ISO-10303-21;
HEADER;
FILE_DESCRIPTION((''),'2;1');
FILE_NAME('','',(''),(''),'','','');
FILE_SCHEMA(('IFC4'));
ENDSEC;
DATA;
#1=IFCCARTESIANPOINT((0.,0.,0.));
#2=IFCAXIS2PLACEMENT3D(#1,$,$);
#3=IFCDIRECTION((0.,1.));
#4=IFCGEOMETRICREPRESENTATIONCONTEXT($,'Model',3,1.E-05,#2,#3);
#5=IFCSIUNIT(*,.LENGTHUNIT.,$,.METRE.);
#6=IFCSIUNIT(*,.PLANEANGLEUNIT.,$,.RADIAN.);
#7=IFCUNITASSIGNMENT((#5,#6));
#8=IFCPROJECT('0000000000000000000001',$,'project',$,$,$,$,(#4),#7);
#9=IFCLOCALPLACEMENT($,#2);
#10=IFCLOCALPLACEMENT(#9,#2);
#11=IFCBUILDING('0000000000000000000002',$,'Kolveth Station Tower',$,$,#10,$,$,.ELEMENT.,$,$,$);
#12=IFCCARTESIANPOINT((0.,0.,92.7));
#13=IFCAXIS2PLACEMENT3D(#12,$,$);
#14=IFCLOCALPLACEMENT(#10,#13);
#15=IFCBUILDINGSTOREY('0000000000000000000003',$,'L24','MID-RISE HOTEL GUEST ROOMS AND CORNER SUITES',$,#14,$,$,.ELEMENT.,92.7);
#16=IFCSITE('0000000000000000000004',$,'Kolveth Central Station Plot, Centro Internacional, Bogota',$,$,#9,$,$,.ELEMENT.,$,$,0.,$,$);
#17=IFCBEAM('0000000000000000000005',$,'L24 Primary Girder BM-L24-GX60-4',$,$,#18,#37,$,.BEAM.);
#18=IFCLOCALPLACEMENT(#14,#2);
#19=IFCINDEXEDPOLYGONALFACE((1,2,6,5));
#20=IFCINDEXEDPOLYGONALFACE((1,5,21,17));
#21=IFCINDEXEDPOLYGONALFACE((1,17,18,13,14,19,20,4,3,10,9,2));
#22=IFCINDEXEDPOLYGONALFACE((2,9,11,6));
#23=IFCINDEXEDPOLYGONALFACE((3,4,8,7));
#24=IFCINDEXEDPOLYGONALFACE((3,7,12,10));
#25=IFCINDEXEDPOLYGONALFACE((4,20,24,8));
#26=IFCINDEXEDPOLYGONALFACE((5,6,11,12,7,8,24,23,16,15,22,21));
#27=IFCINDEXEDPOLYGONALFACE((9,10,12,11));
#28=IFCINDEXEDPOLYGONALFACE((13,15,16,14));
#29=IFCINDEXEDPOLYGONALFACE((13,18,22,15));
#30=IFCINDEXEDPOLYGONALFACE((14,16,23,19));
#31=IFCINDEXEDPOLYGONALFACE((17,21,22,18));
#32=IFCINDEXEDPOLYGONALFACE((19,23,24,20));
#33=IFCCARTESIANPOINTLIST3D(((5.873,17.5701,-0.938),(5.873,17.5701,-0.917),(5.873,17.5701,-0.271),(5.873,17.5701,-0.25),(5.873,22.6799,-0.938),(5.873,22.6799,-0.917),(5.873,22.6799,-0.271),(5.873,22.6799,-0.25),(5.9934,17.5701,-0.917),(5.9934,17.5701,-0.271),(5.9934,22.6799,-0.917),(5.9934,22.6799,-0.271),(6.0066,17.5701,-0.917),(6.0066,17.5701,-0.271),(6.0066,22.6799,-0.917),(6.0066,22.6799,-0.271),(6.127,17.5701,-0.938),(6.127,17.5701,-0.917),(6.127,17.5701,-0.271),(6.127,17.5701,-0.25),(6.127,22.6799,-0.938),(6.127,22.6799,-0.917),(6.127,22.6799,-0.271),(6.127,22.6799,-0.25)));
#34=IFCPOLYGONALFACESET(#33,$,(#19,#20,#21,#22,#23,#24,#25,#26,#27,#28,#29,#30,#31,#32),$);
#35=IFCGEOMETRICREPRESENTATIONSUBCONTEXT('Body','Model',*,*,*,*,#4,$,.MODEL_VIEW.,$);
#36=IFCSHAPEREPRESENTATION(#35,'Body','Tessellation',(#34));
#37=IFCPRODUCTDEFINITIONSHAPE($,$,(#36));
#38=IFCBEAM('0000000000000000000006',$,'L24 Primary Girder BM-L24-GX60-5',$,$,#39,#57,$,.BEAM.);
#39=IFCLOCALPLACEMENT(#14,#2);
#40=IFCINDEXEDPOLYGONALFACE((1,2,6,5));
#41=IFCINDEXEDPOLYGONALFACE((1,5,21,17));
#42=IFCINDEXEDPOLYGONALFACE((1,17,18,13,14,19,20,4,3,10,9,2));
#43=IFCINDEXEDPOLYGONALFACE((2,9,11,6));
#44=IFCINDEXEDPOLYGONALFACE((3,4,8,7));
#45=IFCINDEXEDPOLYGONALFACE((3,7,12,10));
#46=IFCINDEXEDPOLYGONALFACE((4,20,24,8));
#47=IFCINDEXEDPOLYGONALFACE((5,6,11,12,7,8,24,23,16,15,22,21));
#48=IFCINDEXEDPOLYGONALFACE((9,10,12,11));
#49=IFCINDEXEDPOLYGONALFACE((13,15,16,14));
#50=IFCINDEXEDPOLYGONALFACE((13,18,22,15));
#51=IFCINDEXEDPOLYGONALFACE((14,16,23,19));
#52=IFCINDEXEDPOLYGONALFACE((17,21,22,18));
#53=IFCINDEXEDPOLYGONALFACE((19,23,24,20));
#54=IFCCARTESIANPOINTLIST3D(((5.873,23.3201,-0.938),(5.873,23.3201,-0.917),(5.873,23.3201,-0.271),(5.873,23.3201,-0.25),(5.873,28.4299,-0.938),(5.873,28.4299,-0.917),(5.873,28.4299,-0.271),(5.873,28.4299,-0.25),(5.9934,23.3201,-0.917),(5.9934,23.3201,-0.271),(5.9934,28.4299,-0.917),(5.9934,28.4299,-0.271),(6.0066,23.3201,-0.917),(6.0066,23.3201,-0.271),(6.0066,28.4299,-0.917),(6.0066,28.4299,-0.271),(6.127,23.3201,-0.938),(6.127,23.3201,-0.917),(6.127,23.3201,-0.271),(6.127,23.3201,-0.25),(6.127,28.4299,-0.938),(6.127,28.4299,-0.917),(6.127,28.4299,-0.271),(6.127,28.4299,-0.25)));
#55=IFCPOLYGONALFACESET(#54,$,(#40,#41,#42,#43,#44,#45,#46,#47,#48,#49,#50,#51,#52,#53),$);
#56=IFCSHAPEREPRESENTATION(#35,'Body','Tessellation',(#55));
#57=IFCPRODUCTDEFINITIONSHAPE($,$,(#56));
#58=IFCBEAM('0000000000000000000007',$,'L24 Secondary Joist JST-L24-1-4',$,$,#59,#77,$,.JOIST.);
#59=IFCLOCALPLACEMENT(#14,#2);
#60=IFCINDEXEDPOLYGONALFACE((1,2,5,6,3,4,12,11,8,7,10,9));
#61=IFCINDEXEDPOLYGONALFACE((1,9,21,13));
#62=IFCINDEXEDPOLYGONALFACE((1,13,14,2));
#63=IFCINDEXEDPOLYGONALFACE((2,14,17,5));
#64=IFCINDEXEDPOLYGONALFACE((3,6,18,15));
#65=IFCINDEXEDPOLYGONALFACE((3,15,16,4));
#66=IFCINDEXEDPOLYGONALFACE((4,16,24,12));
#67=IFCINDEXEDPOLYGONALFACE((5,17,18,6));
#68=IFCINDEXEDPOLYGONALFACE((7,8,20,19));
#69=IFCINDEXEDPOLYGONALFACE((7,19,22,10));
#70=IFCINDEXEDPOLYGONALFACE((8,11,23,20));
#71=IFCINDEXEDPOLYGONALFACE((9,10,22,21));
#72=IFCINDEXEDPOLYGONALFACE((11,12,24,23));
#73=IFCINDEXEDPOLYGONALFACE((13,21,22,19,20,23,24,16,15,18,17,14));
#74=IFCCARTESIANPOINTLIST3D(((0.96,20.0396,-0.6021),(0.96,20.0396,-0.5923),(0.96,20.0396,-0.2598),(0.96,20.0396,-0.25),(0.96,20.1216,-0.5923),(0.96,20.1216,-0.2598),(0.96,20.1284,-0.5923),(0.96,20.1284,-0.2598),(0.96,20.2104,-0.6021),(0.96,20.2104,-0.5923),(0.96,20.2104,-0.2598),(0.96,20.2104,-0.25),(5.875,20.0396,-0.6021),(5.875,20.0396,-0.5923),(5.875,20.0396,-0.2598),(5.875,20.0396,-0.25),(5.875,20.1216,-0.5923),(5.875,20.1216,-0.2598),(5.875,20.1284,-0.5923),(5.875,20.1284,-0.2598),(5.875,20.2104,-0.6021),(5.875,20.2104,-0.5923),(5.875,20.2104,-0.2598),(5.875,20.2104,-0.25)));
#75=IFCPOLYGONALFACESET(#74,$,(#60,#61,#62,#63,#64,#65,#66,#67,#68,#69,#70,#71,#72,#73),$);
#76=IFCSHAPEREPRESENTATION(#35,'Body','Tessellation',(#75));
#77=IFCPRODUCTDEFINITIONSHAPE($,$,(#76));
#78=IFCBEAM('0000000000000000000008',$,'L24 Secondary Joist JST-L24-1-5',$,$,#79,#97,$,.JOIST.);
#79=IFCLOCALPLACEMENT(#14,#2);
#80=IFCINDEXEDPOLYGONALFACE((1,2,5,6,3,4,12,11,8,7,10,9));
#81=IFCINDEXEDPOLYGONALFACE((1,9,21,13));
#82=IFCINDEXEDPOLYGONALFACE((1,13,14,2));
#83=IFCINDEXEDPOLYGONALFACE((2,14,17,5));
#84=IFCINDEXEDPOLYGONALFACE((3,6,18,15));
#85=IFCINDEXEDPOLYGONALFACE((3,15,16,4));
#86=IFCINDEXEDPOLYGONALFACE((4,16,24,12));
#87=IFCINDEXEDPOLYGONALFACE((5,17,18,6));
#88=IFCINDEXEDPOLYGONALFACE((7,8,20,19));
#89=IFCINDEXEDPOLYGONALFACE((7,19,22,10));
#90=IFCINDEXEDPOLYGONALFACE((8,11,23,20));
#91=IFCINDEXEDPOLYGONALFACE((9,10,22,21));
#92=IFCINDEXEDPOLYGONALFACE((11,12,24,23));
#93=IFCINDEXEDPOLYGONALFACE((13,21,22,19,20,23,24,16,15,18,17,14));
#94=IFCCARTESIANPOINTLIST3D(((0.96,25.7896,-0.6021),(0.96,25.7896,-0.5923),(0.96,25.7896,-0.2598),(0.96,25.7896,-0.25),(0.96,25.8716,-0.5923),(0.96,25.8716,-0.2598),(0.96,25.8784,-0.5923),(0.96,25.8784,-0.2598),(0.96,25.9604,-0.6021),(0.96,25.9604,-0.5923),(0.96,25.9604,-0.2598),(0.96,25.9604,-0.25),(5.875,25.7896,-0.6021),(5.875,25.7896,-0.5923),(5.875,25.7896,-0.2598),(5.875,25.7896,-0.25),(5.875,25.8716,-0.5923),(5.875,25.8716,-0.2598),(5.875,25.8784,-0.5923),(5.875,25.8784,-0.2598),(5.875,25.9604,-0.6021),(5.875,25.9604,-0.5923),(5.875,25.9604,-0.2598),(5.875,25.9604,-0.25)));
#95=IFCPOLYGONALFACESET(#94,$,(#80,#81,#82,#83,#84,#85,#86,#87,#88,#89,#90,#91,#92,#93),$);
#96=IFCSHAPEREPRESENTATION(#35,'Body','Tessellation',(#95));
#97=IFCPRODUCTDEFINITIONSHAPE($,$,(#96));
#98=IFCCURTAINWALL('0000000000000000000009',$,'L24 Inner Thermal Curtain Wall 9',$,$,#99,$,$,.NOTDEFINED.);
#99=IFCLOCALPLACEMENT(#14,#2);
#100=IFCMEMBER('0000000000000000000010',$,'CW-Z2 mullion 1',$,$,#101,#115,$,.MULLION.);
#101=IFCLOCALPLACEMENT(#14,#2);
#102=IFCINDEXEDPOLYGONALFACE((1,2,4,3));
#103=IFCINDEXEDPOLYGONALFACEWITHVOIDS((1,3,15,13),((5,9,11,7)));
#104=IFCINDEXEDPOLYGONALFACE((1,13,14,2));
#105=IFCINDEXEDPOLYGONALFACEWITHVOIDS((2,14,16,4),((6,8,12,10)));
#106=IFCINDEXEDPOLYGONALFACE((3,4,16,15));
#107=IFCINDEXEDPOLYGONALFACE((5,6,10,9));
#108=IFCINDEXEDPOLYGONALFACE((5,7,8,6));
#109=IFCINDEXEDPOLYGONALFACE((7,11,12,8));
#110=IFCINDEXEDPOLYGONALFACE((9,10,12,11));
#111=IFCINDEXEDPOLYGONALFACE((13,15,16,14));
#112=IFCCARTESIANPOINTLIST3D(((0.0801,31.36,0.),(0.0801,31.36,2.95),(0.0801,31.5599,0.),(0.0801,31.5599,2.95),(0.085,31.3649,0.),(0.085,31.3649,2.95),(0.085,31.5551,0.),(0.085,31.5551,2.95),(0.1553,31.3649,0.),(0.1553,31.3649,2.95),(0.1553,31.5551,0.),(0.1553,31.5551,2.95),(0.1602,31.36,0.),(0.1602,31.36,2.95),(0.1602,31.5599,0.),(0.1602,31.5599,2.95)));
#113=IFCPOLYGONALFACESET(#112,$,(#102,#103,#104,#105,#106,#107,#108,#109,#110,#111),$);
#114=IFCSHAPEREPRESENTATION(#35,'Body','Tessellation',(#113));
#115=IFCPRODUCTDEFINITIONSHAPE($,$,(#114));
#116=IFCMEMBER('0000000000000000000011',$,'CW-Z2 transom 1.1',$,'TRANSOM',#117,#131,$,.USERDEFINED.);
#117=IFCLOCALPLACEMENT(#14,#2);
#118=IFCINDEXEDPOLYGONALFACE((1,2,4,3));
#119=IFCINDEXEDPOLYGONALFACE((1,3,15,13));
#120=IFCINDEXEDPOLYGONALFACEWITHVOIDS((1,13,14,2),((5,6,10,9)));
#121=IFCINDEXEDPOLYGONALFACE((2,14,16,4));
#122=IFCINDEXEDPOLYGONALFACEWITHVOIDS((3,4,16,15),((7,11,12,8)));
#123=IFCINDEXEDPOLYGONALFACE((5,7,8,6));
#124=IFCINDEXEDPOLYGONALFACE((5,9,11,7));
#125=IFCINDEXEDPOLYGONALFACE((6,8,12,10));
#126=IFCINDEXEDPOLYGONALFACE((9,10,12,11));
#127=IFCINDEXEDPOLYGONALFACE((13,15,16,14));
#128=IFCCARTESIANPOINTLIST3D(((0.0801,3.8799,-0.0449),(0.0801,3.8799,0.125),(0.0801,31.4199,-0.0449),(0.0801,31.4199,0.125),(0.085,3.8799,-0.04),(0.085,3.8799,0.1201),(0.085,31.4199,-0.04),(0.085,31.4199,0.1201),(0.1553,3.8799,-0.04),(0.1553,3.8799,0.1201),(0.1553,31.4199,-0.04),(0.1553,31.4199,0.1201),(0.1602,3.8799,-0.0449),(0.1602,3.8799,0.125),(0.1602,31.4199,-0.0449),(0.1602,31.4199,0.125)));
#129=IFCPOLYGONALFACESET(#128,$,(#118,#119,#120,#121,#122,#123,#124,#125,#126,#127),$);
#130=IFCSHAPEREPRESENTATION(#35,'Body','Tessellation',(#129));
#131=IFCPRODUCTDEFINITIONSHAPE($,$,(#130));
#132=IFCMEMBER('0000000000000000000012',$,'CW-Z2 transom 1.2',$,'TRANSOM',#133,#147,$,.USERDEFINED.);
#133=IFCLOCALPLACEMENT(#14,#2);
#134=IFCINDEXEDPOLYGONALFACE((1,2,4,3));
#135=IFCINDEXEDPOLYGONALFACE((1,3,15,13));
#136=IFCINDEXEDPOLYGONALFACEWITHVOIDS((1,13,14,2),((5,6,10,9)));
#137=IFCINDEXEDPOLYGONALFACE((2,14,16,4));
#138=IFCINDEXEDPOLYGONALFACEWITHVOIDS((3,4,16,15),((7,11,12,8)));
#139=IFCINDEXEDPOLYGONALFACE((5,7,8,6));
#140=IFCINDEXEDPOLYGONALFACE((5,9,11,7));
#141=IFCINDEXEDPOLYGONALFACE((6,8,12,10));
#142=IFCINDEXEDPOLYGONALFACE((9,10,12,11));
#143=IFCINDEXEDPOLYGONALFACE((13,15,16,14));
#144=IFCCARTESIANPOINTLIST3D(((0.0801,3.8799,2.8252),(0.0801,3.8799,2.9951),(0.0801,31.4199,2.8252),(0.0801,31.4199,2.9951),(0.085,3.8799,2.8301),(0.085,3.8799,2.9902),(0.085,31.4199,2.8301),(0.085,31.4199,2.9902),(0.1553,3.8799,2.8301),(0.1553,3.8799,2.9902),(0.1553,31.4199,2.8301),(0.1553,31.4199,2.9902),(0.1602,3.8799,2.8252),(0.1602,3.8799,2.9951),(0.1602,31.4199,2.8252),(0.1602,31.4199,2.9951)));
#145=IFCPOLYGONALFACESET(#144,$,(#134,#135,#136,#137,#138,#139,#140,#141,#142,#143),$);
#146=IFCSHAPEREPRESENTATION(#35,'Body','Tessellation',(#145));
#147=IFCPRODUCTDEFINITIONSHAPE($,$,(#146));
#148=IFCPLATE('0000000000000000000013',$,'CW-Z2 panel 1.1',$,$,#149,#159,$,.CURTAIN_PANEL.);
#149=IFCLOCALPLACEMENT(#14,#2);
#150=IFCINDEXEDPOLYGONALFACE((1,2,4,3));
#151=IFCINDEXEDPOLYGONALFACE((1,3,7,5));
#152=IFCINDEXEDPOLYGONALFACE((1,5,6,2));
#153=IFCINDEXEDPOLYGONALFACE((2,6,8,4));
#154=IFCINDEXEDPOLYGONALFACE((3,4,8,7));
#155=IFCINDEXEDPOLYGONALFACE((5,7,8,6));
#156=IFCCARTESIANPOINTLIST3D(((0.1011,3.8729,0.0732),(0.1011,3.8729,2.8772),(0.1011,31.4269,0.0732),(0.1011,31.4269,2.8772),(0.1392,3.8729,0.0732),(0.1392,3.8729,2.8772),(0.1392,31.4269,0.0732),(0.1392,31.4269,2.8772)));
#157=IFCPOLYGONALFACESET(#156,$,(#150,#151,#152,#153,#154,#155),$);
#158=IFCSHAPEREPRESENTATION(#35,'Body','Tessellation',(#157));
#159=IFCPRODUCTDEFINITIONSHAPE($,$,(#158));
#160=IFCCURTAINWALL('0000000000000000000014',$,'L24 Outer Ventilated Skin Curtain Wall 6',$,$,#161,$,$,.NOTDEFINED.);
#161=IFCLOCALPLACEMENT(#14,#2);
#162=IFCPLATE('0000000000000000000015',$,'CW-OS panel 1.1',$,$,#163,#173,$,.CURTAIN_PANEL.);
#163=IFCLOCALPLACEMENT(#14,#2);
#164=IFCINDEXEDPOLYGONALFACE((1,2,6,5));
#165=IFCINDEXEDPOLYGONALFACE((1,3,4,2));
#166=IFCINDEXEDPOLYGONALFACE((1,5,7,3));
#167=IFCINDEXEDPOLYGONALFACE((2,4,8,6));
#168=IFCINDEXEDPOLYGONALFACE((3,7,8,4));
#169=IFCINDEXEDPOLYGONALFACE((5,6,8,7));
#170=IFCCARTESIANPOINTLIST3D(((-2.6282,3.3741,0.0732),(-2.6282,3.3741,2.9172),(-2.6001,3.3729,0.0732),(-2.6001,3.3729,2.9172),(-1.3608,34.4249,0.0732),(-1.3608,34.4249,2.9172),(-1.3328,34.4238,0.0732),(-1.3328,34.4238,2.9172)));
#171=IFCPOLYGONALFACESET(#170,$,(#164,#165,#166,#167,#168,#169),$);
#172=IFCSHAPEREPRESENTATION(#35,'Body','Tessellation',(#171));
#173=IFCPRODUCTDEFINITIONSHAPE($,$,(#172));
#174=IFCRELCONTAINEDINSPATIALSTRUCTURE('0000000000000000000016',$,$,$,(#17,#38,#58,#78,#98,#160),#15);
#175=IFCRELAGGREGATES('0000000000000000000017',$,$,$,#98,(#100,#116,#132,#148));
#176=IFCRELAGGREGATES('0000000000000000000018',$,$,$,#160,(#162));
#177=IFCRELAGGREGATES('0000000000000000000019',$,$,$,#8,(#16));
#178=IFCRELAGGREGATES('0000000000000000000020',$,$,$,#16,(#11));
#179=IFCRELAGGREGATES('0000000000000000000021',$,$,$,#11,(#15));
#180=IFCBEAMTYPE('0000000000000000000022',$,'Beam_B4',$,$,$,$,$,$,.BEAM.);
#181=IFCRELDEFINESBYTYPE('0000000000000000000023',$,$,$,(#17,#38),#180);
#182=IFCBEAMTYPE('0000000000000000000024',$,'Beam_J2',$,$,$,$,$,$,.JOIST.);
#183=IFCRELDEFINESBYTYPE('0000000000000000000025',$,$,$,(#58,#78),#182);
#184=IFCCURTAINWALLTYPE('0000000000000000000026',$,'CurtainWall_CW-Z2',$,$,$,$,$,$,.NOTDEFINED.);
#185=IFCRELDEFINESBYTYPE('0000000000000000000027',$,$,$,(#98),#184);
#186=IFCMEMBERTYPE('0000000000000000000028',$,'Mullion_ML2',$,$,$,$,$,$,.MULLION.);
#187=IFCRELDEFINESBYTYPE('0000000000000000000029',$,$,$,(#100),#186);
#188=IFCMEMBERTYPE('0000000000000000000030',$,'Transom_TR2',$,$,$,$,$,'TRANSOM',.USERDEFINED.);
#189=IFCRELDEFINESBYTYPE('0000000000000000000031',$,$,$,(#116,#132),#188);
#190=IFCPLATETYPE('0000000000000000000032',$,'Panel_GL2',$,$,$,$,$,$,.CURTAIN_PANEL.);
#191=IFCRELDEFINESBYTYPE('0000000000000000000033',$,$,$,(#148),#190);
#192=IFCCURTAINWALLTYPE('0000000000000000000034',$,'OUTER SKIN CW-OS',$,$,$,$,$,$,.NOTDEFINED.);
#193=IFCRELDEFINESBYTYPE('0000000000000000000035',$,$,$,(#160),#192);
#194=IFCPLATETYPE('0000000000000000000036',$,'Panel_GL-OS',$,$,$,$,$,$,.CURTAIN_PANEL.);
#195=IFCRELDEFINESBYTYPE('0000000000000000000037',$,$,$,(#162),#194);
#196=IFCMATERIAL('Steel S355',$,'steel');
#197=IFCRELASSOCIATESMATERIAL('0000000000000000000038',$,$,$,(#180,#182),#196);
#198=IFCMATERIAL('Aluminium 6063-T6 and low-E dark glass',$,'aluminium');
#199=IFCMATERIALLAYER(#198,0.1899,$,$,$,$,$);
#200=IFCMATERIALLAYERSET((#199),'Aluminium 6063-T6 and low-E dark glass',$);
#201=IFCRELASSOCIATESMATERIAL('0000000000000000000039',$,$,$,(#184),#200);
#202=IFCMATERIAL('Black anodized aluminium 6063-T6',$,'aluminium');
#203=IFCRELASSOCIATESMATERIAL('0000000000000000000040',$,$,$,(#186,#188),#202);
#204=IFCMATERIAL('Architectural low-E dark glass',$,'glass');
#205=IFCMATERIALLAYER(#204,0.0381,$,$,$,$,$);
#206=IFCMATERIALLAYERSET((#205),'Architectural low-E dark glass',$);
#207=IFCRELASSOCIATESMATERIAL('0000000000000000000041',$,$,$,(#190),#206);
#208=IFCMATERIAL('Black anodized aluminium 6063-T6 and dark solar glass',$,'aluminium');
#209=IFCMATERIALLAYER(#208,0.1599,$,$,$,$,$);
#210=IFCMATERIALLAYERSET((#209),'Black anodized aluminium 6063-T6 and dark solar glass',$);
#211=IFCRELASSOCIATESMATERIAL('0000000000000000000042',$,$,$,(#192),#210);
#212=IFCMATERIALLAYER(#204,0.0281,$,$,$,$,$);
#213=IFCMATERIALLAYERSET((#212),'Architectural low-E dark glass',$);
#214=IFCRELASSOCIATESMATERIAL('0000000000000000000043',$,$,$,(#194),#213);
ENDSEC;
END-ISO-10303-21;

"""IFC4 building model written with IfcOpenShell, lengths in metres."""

from ifc_helpers import new_model, si_unit, direction, frame, origin, origin_2d, place, context, subcontext, project, spatial, rectangle, hollow_rectangle, i_section, extrude, source, transform, mapped, material, layer, layer_set, material_profile, profile_set, type_object, element, aggregate, save


model = new_model("IFC4")

# Units and contexts
model_context = context("Model", 3, precision=1e-05, world=origin(), true_north=direction((0.0, 1.0)))
body_context = subcontext(model_context, "Body", "Model", "MODEL_VIEW")
ifc_project = project(units=[si_unit("LENGTHUNIT", "METRE"), si_unit("PLANEANGLEUNIT", "RADIAN")], contexts=[model_context])

# Site, building, storey
site_placement = place(None, origin())
site = spatial("IfcSite", under=ifc_project, at=site_placement, Name="Kolveth Central Station Plot, Centro Internacional, Bogota", CompositionType="ELEMENT", RefElevation=0.0)
building_placement = place(site_placement, origin())
building = spatial("IfcBuilding", under=site, at=building_placement, Name="Kolveth Station Tower", CompositionType="ELEMENT")
storey_placement = place(building_placement, frame((0.0, 0.0, 92.7)))
storey = spatial("IfcBuildingStorey", under=building, at=storey_placement, Name="L24", Description="MID-RISE HOTEL GUEST ROOMS AND CORNER SUITES", CompositionType="ELEMENT", Elevation=92.7)

# Beams
ifc_material_1 = material(Name="Steel S355", Category="steel")
ifc_material_profile_1 = material_profile(ifc_material_1, i_section(OverallWidth=0.2539, OverallDepth=0.688, WebThickness=0.0132, FlangeThickness=0.021, at=origin_2d()), Name="W690x152")
ifc_profile_set_1 = profile_set([ifc_material_profile_1], Name="Steel S355")
beam_type_1 = type_object("IfcBeamType", Name="Beam_B4", PredefinedType="BEAM", material=ifc_profile_set_1)
shared_shape_1 = source(origin(), body_context, "Body", "SweptSolid", [
    extrude(i_section(OverallWidth=0.2539, OverallDepth=0.688, WebThickness=0.0132, FlangeThickness=0.021, at=origin_2d()), origin(), (0.0, 0.0, 1.0), 5.1099),
])
for number, where, z_axis, x_axis, name in (
    (1, (6.0, 17.5701, -0.594), (0.0, 1.0, 0.0), (-1.0, 0.0, 0.0), "L24 Primary Girder BM-L24-GX60-4"),
    (2, (6.0, 23.3201, -0.594), (0.0, 1.0, 0.0), (-1.0, 0.0, 0.0), "L24 Primary Girder BM-L24-GX60-5"),
):
    element("IfcBeam", number, at=place(storey_placement, frame(where, z_axis=z_axis, x_axis=x_axis)), inside=storey, type_object=beam_type_1, Name=name, PredefinedType="BEAM", context=body_context, shape_type="MappedRepresentation", body=[
        mapped(shared_shape_1, transform((0.0, 0.0, 0.0), x_axis=(1.0, 0.0, 0.0), y_axis=(0.0, 1.0, 0.0), z_axis=(0.0, 0.0, 1.0), scale=1.0)),
    ])
ifc_material_profile_2 = material_profile(ifc_material_1, i_section(OverallWidth=0.1709, OverallDepth=0.3521, WebThickness=0.0068, FlangeThickness=0.0098, at=origin_2d()), Name="W360x44")
ifc_profile_set_2 = profile_set([ifc_material_profile_2], Name="Steel S355")
beam_type_2 = type_object("IfcBeamType", Name="Beam_J2", PredefinedType="JOIST", material=ifc_profile_set_2)
shared_shape_2 = source(origin(), body_context, "Body", "SweptSolid", [
    extrude(i_section(OverallWidth=0.1709, OverallDepth=0.3521, WebThickness=0.0068, FlangeThickness=0.0098, at=origin_2d()), origin(), (0.0, 0.0, 1.0), 4.915),
])
for number, where, z_axis, x_axis, name in (
    (3, (0.96, 20.125, -0.426), (1.0, 0.0, 0.0), (0.0, 1.0, 0.0), "L24 Secondary Joist JST-L24-1-4"),
    (4, (0.96, 25.875, -0.426), (1.0, 0.0, 0.0), (0.0, 1.0, 0.0), "L24 Secondary Joist JST-L24-1-5"),
):
    element("IfcBeam", number, at=place(storey_placement, frame(where, z_axis=z_axis, x_axis=x_axis)), inside=storey, type_object=beam_type_2, Name=name, PredefinedType="JOIST", context=body_context, shape_type="MappedRepresentation", body=[
        mapped(shared_shape_2, transform((0.0, 0.0, 0.0), x_axis=(1.0, 0.0, 0.0), y_axis=(0.0, 1.0, 0.0), z_axis=(0.0, 0.0, 1.0), scale=1.0)),
    ])

# Curtain wall, members, plate
ifc_material_2 = material(Name="Aluminium 6063-T6 and low-E dark glass", Category="aluminium")
ifc_layer_1 = layer(ifc_material_2, 0.1899)
ifc_layer_set_1 = layer_set([ifc_layer_1], Name="Aluminium 6063-T6 and low-E dark glass")
curtain_wall_type_1 = type_object("IfcCurtainWallType", Name="CurtainWall_CW-Z2", PredefinedType="NOTDEFINED", material=ifc_layer_set_1)
curtain_wall_1_placement = place(storey_placement, origin())
curtain_wall_1 = element("IfcCurtainWall", 5, at=curtain_wall_1_placement, inside=storey, type_object=curtain_wall_type_1, Name="L24 Inner Thermal Curtain Wall 9", PredefinedType="NOTDEFINED")
ifc_material_3 = material(Name="Black anodized aluminium 6063-T6", Category="aluminium")
ifc_material_profile_3 = material_profile(ifc_material_3, hollow_rectangle(XDim=0.0801, YDim=0.2, WallThickness=0.0049, at=origin_2d()), Name="ALU-80x200x5")
ifc_profile_set_3 = profile_set([ifc_material_profile_3], Name="Black anodized aluminium 6063-T6")
member_type_1 = type_object("IfcMemberType", Name="Mullion_ML2", PredefinedType="MULLION", material=ifc_profile_set_3)
shared_shape_3 = source(origin(), body_context, "Body", "SweptSolid", [
    extrude(hollow_rectangle(XDim=0.0801, YDim=0.2, WallThickness=0.0049, at=origin_2d()), origin(), (0.0, 0.0, 1.0), 2.95),
])
member_1_placement = place(storey_placement, frame((0.1201, 31.46, 0.0), z_axis=(0.0, 0.0, 1.0), x_axis=(1.0, 0.0, 0.0)))
member_1 = element("IfcMember", 6, at=member_1_placement, type_object=member_type_1, Name="CW-Z2 mullion 1", PredefinedType="MULLION", context=body_context, shape_type="MappedRepresentation", body=[
    mapped(shared_shape_3, transform((0.0, 0.0, 0.0), x_axis=(1.0, 0.0, 0.0), y_axis=(0.0, 1.0, 0.0), z_axis=(0.0, 0.0, 1.0), scale=1.0)),
])
ifc_material_profile_4 = material_profile(ifc_material_3, hollow_rectangle(XDim=0.0801, YDim=0.1699, WallThickness=0.0049, at=origin_2d()), Name="ALU-80x170x5")
ifc_profile_set_4 = profile_set([ifc_material_profile_4], Name="Black anodized aluminium 6063-T6")
member_type_2 = type_object("IfcMemberType", Name="Transom_TR2", ElementType="TRANSOM", PredefinedType="USERDEFINED", material=ifc_profile_set_4)
shared_shape_4 = source(origin(), body_context, "Body", "SweptSolid", [
    extrude(hollow_rectangle(XDim=0.0801, YDim=0.1699, WallThickness=0.0049, at=origin_2d()), origin(), (0.0, 0.0, 1.0), 27.54),
])
member_2_placement = place(storey_placement, frame((0.1201, 31.4199, 0.04), z_axis=(0.0, -1.0, 0.0), x_axis=(1.0, 0.0, 0.0)))
member_2 = element("IfcMember", 7, at=member_2_placement, type_object=member_type_2, Name="CW-Z2 transom 1.1", ObjectType="TRANSOM", PredefinedType="USERDEFINED", context=body_context, shape_type="MappedRepresentation", body=[
    mapped(shared_shape_4, transform((0.0, 0.0, 0.0), x_axis=(1.0, 0.0, 0.0), y_axis=(0.0, 1.0, 0.0), z_axis=(0.0, 0.0, 1.0), scale=1.0)),
])
member_3_placement = place(storey_placement, frame((0.1201, 31.4199, 2.9102), z_axis=(0.0, -1.0, 0.0), x_axis=(1.0, 0.0, 0.0)))
member_3 = element("IfcMember", 8, at=member_3_placement, type_object=member_type_2, Name="CW-Z2 transom 1.2", ObjectType="TRANSOM", PredefinedType="USERDEFINED", context=body_context, shape_type="MappedRepresentation", body=[
    mapped(shared_shape_4, transform((0.0, 0.0, 0.0), x_axis=(1.0, 0.0, 0.0), y_axis=(0.0, 1.0, 0.0), z_axis=(0.0, 0.0, 1.0), scale=1.0)),
])
ifc_material_4 = material(Name="Architectural low-E dark glass", Category="glass")
ifc_layer_2 = layer(ifc_material_4, 0.0381)
ifc_layer_set_2 = layer_set([ifc_layer_2], Name="Architectural low-E dark glass")
plate_type_1 = type_object("IfcPlateType", Name="Panel_GL2", PredefinedType="CURTAIN_PANEL", material=ifc_layer_set_2)
shared_shape_5 = source(origin(), body_context, "Body", "SweptSolid", [
    extrude(rectangle(XDim=27.554, YDim=0.0381, at=origin_2d()), origin(), (0.0, 0.0, 1.0), 2.804),
])
plate_1_placement = place(storey_placement, frame((0.1201, 17.6499, 0.0732), z_axis=(0.0, 0.0, 1.0), x_axis=(0.0, -1.0, 0.0)))
plate_1 = element("IfcPlate", 9, at=plate_1_placement, type_object=plate_type_1, Name="CW-Z2 panel 1.1", PredefinedType="CURTAIN_PANEL", context=body_context, shape_type="MappedRepresentation", body=[
    mapped(shared_shape_5, transform((0.0, 0.0, 0.0), x_axis=(1.0, 0.0, 0.0), y_axis=(0.0, 1.0, 0.0), z_axis=(0.0, 0.0, 1.0), scale=1.0)),
])
aggregate(curtain_wall_1, [member_1, member_2, member_3, plate_1])

# Curtain wall, plate
ifc_material_5 = material(Name="Black anodized aluminium 6063-T6 and dark solar glass", Category="aluminium")
ifc_layer_3 = layer(ifc_material_5, 0.1599)
ifc_layer_set_3 = layer_set([ifc_layer_3], Name="Black anodized aluminium 6063-T6 and dark solar glass")
curtain_wall_type_2 = type_object("IfcCurtainWallType", Name="OUTER SKIN CW-OS", PredefinedType="NOTDEFINED", material=ifc_layer_set_3)
curtain_wall_2_placement = place(storey_placement, origin())
curtain_wall_2 = element("IfcCurtainWall", 10, at=curtain_wall_2_placement, inside=storey, type_object=curtain_wall_type_2, Name="L24 Outer Ventilated Skin Curtain Wall 6", PredefinedType="NOTDEFINED")
ifc_layer_4 = layer(ifc_material_4, 0.0281)
ifc_layer_set_4 = layer_set([ifc_layer_4], Name="Architectural low-E dark glass")
plate_type_2 = type_object("IfcPlateType", Name="Panel_GL-OS", PredefinedType="CURTAIN_PANEL", material=ifc_layer_set_4)
shared_shape_6 = source(origin(), body_context, "Body", "SweptSolid", [
    extrude(rectangle(XDim=31.0767, YDim=0.0281, at=origin_2d()), origin(), (0.0, 0.0, 1.0), 2.844),
])
plate_2_placement = place(storey_placement, frame((-1.9805, 18.8989, 0.0732), z_axis=(0.0, 0.0, 1.0), x_axis=(-0.040781, -0.999168, 0.0)))
plate_2 = element("IfcPlate", 11, at=plate_2_placement, type_object=plate_type_2, Name="CW-OS panel 1.1", PredefinedType="CURTAIN_PANEL", context=body_context, shape_type="MappedRepresentation", body=[
    mapped(shared_shape_6, transform((0.0, 0.0, 0.0), x_axis=(1.0, 0.0, 0.0), y_axis=(0.0, 1.0, 0.0), z_axis=(0.0, 0.0, 1.0), scale=1.0)),
])
aggregate(curtain_wall_2, [plate_2])

save(model, "model.ifc")
